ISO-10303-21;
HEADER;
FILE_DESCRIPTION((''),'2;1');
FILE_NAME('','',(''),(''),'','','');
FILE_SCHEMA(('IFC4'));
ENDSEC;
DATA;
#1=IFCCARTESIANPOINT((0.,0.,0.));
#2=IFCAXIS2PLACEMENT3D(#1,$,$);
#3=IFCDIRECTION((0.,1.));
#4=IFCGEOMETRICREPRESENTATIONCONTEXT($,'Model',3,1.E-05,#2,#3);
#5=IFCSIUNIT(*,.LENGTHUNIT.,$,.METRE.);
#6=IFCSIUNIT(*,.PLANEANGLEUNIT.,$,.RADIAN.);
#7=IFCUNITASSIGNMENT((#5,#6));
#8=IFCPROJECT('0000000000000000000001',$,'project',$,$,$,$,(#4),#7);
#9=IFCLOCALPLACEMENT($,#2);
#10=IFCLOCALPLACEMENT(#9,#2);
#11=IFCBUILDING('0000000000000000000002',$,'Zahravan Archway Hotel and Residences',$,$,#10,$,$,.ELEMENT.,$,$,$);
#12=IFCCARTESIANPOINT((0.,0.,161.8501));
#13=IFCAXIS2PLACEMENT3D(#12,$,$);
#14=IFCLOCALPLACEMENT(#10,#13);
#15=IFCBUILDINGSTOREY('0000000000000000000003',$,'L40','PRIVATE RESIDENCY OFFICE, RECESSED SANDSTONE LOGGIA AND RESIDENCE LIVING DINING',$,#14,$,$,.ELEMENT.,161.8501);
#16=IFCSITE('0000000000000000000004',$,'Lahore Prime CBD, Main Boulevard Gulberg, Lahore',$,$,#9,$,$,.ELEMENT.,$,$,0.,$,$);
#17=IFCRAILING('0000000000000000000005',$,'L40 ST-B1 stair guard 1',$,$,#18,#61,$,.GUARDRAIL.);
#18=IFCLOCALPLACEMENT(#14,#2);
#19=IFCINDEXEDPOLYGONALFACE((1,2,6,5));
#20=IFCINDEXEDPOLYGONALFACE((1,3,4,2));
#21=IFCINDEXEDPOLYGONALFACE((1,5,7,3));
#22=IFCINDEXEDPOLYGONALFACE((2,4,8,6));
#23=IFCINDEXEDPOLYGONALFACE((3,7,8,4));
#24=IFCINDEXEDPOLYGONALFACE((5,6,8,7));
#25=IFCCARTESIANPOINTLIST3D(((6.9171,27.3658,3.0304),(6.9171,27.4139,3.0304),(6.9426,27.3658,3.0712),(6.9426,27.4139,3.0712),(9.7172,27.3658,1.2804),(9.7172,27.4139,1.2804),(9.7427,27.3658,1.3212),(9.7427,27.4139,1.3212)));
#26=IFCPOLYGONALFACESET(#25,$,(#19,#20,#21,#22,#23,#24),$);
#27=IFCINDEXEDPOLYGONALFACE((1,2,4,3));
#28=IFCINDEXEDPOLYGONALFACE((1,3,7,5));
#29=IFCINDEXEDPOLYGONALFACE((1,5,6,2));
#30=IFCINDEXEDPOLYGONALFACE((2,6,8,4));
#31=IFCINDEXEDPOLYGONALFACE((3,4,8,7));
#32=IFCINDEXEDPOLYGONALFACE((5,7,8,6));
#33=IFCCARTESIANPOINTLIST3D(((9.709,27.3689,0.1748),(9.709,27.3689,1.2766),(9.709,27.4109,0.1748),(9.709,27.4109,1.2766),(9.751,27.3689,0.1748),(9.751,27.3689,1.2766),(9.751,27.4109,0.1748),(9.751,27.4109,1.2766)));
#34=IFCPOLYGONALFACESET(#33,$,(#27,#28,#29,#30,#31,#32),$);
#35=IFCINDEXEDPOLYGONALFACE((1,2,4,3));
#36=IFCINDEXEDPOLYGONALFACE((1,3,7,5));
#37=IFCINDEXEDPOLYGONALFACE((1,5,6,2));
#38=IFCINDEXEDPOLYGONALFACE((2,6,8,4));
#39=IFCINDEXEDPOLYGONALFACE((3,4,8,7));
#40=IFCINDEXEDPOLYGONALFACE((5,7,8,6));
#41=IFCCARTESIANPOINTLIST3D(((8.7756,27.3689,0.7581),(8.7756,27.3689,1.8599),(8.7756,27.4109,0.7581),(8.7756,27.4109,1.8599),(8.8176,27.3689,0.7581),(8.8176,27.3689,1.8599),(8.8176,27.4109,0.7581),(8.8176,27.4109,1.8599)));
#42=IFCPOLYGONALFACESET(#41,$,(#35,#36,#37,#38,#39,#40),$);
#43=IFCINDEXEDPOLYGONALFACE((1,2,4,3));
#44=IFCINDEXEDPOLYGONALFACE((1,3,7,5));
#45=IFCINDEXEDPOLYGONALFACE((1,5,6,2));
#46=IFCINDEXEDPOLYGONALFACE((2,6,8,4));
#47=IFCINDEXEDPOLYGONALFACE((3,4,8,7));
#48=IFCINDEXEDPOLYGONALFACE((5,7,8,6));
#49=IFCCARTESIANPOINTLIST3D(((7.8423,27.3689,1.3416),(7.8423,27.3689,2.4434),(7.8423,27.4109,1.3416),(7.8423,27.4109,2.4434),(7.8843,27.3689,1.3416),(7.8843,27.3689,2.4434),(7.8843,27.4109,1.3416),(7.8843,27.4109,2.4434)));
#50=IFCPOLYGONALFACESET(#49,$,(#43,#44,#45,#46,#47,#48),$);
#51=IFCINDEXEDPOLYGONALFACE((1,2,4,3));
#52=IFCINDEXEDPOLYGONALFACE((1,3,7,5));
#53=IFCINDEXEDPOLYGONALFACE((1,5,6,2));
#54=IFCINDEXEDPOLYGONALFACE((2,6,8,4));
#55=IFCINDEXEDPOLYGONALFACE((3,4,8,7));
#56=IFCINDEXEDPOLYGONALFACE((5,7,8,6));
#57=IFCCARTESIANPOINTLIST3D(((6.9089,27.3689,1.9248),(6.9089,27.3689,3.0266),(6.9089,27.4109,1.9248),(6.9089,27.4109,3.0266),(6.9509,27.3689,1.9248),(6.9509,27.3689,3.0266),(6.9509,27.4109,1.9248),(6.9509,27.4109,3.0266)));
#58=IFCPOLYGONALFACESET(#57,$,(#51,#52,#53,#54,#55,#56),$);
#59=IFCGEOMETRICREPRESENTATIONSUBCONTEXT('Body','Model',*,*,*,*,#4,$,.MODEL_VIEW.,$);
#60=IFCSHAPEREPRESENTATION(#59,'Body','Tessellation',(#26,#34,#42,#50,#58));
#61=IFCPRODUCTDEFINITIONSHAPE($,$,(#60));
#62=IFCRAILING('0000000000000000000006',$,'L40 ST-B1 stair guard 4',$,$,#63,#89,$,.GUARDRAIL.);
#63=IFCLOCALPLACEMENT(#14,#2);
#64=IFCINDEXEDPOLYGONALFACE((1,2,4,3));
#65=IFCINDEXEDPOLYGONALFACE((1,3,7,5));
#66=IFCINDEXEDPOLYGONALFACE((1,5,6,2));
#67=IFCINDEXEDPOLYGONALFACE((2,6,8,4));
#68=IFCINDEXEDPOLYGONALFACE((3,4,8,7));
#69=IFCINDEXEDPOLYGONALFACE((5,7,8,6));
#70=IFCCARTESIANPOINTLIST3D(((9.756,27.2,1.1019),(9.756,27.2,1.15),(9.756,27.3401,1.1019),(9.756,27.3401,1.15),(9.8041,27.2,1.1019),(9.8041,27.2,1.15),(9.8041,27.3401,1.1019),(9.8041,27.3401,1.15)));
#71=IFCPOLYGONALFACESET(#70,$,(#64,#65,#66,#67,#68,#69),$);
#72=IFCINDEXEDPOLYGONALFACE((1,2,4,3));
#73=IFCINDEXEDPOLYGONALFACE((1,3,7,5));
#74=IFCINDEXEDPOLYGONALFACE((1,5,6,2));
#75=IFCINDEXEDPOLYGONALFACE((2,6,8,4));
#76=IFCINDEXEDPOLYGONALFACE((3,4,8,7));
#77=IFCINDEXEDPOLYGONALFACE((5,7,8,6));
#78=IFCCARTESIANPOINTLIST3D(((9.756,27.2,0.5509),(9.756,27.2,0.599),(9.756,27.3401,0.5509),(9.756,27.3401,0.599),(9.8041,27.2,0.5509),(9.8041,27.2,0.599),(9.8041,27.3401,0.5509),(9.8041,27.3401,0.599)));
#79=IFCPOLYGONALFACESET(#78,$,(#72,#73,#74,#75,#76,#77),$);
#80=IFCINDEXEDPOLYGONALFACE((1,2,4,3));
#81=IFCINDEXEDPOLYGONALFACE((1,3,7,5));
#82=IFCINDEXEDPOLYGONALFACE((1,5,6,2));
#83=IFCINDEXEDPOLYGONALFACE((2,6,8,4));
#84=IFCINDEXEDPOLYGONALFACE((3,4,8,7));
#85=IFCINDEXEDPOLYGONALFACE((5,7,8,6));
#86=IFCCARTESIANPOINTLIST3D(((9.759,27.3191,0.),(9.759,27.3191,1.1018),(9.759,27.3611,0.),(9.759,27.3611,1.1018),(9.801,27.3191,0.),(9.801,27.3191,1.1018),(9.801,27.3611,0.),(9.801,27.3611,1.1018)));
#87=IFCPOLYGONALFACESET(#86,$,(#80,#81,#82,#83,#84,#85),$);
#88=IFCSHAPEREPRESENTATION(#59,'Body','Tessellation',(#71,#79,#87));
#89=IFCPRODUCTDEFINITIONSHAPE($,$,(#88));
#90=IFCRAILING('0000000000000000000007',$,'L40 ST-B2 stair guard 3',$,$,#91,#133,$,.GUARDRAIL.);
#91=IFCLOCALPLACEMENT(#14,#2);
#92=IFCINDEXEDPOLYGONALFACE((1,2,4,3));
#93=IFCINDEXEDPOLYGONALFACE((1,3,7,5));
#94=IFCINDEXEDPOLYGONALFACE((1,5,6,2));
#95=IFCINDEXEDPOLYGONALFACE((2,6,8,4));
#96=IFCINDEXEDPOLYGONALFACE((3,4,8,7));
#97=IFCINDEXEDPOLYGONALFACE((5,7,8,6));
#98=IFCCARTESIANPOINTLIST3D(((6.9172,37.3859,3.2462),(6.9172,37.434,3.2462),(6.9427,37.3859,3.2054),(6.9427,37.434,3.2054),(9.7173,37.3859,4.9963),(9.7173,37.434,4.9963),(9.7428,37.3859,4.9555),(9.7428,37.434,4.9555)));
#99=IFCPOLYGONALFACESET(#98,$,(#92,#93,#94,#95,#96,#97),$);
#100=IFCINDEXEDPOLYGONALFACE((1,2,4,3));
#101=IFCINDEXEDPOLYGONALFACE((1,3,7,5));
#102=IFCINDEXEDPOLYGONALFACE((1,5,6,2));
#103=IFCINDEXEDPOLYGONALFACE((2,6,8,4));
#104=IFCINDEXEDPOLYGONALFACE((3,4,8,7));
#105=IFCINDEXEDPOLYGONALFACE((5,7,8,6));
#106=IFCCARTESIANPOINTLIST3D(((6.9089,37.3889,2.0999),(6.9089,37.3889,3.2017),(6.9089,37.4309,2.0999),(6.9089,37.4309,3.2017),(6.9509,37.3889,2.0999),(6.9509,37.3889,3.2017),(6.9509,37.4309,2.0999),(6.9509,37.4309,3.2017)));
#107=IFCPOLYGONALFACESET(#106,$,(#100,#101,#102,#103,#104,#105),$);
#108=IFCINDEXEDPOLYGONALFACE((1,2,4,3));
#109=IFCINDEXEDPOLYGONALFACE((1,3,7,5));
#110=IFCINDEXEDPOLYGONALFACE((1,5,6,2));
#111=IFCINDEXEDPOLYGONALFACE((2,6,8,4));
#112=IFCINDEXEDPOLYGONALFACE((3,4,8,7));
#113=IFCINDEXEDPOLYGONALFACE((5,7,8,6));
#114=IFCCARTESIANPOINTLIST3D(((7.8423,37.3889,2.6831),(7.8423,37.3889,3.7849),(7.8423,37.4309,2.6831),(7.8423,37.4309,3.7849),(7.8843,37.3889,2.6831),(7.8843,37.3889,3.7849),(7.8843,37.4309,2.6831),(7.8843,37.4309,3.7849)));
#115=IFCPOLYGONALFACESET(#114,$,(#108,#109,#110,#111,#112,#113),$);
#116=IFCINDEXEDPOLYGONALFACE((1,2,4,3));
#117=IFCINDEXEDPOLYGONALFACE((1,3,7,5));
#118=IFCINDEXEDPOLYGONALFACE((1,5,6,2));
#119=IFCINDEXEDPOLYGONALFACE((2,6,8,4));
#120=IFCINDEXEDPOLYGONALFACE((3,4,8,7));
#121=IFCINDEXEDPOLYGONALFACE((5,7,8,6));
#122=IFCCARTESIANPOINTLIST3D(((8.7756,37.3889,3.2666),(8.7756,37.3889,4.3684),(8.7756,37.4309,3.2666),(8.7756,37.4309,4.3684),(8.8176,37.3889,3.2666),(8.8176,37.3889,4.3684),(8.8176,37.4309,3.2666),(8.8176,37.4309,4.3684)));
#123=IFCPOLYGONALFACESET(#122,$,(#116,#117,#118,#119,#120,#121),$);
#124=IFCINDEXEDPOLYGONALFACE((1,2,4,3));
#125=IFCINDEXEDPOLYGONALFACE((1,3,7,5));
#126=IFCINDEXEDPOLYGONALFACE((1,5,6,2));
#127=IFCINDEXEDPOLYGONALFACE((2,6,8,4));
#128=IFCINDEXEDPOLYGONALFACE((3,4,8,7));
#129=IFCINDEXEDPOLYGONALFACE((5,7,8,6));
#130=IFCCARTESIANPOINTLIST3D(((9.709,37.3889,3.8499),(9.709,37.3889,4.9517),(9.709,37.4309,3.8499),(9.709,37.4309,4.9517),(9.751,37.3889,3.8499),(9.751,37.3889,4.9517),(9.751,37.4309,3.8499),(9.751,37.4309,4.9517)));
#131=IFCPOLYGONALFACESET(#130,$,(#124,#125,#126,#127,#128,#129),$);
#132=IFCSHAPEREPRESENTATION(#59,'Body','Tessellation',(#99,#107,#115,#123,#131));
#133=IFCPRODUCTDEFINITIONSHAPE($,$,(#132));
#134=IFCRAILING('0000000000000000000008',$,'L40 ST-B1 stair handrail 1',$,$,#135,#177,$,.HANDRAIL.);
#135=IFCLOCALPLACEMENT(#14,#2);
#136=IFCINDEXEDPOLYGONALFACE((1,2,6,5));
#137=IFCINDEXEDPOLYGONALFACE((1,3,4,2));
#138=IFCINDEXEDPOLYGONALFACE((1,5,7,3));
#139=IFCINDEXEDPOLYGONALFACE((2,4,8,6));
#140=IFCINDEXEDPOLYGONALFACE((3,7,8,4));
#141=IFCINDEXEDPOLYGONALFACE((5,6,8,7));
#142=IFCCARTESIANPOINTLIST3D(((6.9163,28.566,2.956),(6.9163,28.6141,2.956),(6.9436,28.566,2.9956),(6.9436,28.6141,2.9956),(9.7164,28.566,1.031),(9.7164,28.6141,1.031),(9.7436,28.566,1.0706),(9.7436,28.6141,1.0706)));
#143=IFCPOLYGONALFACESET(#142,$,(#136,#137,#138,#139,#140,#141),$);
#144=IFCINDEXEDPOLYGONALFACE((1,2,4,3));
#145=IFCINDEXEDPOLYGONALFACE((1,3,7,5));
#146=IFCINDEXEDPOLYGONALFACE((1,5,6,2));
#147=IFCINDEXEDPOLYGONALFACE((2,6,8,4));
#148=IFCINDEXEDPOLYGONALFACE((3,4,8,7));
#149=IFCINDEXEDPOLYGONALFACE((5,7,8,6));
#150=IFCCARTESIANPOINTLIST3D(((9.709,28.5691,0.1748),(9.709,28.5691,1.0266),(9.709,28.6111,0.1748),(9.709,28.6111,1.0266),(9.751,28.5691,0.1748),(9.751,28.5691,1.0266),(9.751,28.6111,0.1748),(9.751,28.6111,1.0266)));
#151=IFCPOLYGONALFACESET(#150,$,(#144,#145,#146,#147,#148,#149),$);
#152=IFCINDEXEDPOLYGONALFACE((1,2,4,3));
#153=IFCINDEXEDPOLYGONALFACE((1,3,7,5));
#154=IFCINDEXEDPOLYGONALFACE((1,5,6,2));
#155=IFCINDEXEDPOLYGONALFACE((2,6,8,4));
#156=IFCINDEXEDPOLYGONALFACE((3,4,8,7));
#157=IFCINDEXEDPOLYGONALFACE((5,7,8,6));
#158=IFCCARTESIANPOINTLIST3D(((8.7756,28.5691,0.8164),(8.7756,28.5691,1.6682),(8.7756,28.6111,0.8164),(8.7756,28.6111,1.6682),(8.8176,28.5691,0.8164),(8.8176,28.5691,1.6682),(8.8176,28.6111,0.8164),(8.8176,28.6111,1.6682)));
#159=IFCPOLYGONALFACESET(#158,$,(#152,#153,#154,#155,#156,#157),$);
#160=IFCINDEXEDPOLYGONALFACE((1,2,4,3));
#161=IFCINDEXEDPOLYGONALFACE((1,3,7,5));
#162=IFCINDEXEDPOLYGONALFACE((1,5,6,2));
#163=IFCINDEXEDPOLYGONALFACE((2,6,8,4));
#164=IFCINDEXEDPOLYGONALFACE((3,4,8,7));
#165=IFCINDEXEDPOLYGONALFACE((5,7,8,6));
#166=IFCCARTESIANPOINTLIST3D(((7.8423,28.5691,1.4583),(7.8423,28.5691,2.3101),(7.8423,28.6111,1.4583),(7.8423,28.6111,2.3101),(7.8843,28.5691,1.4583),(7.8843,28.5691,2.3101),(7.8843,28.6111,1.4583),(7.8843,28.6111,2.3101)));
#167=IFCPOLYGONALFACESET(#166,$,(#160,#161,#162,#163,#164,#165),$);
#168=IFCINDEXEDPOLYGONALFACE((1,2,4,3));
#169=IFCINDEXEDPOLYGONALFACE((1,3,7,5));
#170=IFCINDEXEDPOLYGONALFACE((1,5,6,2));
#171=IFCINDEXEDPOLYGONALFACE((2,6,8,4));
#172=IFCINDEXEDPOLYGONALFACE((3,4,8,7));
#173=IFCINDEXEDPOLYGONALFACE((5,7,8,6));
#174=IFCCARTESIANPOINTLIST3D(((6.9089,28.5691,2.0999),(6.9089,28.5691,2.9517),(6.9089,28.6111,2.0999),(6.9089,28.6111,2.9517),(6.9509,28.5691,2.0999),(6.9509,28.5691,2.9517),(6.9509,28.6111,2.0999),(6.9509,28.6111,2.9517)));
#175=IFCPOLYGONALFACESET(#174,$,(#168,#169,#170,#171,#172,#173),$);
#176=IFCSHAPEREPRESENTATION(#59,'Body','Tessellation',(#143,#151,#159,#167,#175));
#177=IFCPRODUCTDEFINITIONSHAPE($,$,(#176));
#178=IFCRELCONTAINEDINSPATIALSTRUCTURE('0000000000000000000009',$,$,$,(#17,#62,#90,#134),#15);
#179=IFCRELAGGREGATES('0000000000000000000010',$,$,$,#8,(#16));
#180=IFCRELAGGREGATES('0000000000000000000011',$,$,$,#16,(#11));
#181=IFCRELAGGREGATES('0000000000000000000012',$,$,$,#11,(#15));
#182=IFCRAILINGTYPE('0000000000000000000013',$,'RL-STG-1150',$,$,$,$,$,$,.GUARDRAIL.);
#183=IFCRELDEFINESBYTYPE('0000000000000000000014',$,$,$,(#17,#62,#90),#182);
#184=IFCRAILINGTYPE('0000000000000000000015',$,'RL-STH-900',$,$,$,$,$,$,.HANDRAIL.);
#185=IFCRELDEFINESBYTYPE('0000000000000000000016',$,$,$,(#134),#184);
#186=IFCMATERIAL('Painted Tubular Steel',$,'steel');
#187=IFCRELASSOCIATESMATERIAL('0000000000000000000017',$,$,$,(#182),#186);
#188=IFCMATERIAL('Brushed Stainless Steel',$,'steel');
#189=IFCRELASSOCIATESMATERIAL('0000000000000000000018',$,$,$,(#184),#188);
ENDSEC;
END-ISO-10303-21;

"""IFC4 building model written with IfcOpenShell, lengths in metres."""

from ifc_helpers import new_model, si_unit, direction, frame, origin, origin_2d, place, context, subcontext, project, spatial, rectangle, extrude, material, type_object, element, save


model = new_model("IFC4")

# Units and contexts
model_context = context("Model", 3, precision=1e-05, world=origin(), true_north=direction((0.0, 1.0)))
body_context = subcontext(model_context, "Body", "Model", "MODEL_VIEW")
ifc_project = project(units=[si_unit("LENGTHUNIT", "METRE"), si_unit("PLANEANGLEUNIT", "RADIAN")], contexts=[model_context])

# Site, building, storey
site_placement = place(None, origin())
site = spatial("IfcSite", under=ifc_project, at=site_placement, Name="Lahore Prime CBD, Main Boulevard Gulberg, Lahore", CompositionType="ELEMENT", RefElevation=0.0)
building_placement = place(site_placement, origin())
building = spatial("IfcBuilding", under=site, at=building_placement, Name="Zahravan Archway Hotel and Residences", CompositionType="ELEMENT")
storey_placement = place(building_placement, frame((0.0, 0.0, 161.8501)))
storey = spatial("IfcBuildingStorey", under=building, at=storey_placement, Name="L40", Description="PRIVATE RESIDENCY OFFICE, RECESSED SANDSTONE LOGGIA AND RESIDENCE LIVING DINING", CompositionType="ELEMENT", Elevation=161.8501)

# Shared definitions
ifc_material_1 = material(Name="Brushed Stainless Steel", Category="steel")

# Railings
ifc_material_2 = material(Name="Painted Tubular Steel", Category="steel")
railing_type_1 = type_object("IfcRailingType", Name="RL-STG-1150", PredefinedType="GUARDRAIL", material=ifc_material_2)
railing_1_placement = place(storey_placement, frame((9.73, 27.3899, 0.1748)))
element("IfcRailing", 1, at=railing_1_placement, inside=storey, type_object=railing_type_1, Name="L40 ST-B1 stair guard 1", PredefinedType="GUARDRAIL", context=body_context, shape_type="SweptSolid", body=[
    extrude(rectangle(XDim=0.0481, YDim=0.0481, at=origin_2d()), frame((0.0, 0.0, 1.126), z_axis=(-0.848002, 0.0, 0.529992), x_axis=(0.0, -1.0, 0.0)), (0.0, 0.0, 1.0), 3.302),
    extrude(rectangle(XDim=0.042, YDim=0.042, at=origin_2d()), origin(), (0.0, 0.0, 1.0), 1.1018),
    extrude(rectangle(XDim=0.042, YDim=0.042, at=origin_2d()), frame((-0.9333, 0.0, 0.5833)), (0.0, 0.0, 1.0), 1.1018),
    extrude(rectangle(XDim=0.042, YDim=0.042, at=origin_2d()), frame((-1.8667, 0.0, 1.1667)), (0.0, 0.0, 1.0), 1.1018),
    extrude(rectangle(XDim=0.042, YDim=0.042, at=origin_2d()), frame((-2.8, 0.0, 1.75)), (0.0, 0.0, 1.0), 1.1018),
])
railing_2_placement = place(storey_placement, frame((9.78, 27.3401, 0.0)))
element("IfcRailing", 2, at=railing_2_placement, inside=storey, type_object=railing_type_1, Name="L40 ST-B1 stair guard 4", PredefinedType="GUARDRAIL", context=body_context, shape_type="SweptSolid", body=[
    extrude(rectangle(XDim=0.0481, YDim=0.0481, at=origin_2d()), frame((0.0, 0.0, 1.126), z_axis=(0.0, -1.0, 0.0), x_axis=(1.0, 0.0, 0.0)), (0.0, 0.0, 1.0), 0.1401),
    extrude(rectangle(XDim=0.0481, YDim=0.0481, at=origin_2d()), frame((0.0, 0.0, 0.575), z_axis=(0.0, -1.0, 0.0), x_axis=(1.0, 0.0, 0.0)), (0.0, 0.0, 1.0), 0.1401),
    extrude(rectangle(XDim=0.042, YDim=0.042, at=origin_2d()), origin(), (0.0, 0.0, 1.0), 1.1018),
])
railing_3_placement = place(storey_placement, frame((6.9299, 37.4099, 2.0999)))
element("IfcRailing", 3, at=railing_3_placement, inside=storey, type_object=railing_type_1, Name="L40 ST-B2 stair guard 3", PredefinedType="GUARDRAIL", context=body_context, shape_type="SweptSolid", body=[
    extrude(rectangle(XDim=0.0481, YDim=0.0481, at=origin_2d()), frame((0.0, 0.0, 1.126), z_axis=(0.848002, 0.0, 0.529992), x_axis=(0.0, 1.0, 0.0)), (0.0, 0.0, 1.0), 3.302),
    extrude(rectangle(XDim=0.042, YDim=0.042, at=origin_2d()), origin(), (0.0, 0.0, 1.0), 1.1018),
    extrude(rectangle(XDim=0.042, YDim=0.042, at=origin_2d()), frame((0.9333, 0.0, 0.5833)), (0.0, 0.0, 1.0), 1.1018),
    extrude(rectangle(XDim=0.042, YDim=0.042, at=origin_2d()), frame((1.8667, 0.0, 1.1667)), (0.0, 0.0, 1.0), 1.1018),
    extrude(rectangle(XDim=0.042, YDim=0.042, at=origin_2d()), frame((2.8, 0.0, 1.75)), (0.0, 0.0, 1.0), 1.1018),
])
railing_type_2 = type_object("IfcRailingType", Name="RL-STH-900", PredefinedType="HANDRAIL", material=ifc_material_1)
railing_4_placement = place(storey_placement, frame((9.73, 28.5901, 0.1748)))
element("IfcRailing", 4, at=railing_4_placement, inside=storey, type_object=railing_type_2, Name="L40 ST-B1 stair handrail 1", PredefinedType="HANDRAIL", context=body_context, shape_type="SweptSolid", body=[
    extrude(rectangle(XDim=0.0481, YDim=0.0481, at=origin_2d()), frame((0.0, 0.0, 0.876), z_axis=(-0.82404, 0.0, 0.566532), x_axis=(0.0, -1.0, 0.0)), (0.0, 0.0, 1.0), 3.3979),
    extrude(rectangle(XDim=0.042, YDim=0.042, at=origin_2d()), origin(), (0.0, 0.0, 1.0), 0.8518),
    extrude(rectangle(XDim=0.042, YDim=0.042, at=origin_2d()), frame((-0.9333, 0.0, 0.6416)), (0.0, 0.0, 1.0), 0.8518),
    extrude(rectangle(XDim=0.042, YDim=0.042, at=origin_2d()), frame((-1.8667, 0.0, 1.2834)), (0.0, 0.0, 1.0), 0.8518),
    extrude(rectangle(XDim=0.042, YDim=0.042, at=origin_2d()), frame((-2.8, 0.0, 1.925)), (0.0, 0.0, 1.0), 0.8518),
])

save(model, "model.ifc")
